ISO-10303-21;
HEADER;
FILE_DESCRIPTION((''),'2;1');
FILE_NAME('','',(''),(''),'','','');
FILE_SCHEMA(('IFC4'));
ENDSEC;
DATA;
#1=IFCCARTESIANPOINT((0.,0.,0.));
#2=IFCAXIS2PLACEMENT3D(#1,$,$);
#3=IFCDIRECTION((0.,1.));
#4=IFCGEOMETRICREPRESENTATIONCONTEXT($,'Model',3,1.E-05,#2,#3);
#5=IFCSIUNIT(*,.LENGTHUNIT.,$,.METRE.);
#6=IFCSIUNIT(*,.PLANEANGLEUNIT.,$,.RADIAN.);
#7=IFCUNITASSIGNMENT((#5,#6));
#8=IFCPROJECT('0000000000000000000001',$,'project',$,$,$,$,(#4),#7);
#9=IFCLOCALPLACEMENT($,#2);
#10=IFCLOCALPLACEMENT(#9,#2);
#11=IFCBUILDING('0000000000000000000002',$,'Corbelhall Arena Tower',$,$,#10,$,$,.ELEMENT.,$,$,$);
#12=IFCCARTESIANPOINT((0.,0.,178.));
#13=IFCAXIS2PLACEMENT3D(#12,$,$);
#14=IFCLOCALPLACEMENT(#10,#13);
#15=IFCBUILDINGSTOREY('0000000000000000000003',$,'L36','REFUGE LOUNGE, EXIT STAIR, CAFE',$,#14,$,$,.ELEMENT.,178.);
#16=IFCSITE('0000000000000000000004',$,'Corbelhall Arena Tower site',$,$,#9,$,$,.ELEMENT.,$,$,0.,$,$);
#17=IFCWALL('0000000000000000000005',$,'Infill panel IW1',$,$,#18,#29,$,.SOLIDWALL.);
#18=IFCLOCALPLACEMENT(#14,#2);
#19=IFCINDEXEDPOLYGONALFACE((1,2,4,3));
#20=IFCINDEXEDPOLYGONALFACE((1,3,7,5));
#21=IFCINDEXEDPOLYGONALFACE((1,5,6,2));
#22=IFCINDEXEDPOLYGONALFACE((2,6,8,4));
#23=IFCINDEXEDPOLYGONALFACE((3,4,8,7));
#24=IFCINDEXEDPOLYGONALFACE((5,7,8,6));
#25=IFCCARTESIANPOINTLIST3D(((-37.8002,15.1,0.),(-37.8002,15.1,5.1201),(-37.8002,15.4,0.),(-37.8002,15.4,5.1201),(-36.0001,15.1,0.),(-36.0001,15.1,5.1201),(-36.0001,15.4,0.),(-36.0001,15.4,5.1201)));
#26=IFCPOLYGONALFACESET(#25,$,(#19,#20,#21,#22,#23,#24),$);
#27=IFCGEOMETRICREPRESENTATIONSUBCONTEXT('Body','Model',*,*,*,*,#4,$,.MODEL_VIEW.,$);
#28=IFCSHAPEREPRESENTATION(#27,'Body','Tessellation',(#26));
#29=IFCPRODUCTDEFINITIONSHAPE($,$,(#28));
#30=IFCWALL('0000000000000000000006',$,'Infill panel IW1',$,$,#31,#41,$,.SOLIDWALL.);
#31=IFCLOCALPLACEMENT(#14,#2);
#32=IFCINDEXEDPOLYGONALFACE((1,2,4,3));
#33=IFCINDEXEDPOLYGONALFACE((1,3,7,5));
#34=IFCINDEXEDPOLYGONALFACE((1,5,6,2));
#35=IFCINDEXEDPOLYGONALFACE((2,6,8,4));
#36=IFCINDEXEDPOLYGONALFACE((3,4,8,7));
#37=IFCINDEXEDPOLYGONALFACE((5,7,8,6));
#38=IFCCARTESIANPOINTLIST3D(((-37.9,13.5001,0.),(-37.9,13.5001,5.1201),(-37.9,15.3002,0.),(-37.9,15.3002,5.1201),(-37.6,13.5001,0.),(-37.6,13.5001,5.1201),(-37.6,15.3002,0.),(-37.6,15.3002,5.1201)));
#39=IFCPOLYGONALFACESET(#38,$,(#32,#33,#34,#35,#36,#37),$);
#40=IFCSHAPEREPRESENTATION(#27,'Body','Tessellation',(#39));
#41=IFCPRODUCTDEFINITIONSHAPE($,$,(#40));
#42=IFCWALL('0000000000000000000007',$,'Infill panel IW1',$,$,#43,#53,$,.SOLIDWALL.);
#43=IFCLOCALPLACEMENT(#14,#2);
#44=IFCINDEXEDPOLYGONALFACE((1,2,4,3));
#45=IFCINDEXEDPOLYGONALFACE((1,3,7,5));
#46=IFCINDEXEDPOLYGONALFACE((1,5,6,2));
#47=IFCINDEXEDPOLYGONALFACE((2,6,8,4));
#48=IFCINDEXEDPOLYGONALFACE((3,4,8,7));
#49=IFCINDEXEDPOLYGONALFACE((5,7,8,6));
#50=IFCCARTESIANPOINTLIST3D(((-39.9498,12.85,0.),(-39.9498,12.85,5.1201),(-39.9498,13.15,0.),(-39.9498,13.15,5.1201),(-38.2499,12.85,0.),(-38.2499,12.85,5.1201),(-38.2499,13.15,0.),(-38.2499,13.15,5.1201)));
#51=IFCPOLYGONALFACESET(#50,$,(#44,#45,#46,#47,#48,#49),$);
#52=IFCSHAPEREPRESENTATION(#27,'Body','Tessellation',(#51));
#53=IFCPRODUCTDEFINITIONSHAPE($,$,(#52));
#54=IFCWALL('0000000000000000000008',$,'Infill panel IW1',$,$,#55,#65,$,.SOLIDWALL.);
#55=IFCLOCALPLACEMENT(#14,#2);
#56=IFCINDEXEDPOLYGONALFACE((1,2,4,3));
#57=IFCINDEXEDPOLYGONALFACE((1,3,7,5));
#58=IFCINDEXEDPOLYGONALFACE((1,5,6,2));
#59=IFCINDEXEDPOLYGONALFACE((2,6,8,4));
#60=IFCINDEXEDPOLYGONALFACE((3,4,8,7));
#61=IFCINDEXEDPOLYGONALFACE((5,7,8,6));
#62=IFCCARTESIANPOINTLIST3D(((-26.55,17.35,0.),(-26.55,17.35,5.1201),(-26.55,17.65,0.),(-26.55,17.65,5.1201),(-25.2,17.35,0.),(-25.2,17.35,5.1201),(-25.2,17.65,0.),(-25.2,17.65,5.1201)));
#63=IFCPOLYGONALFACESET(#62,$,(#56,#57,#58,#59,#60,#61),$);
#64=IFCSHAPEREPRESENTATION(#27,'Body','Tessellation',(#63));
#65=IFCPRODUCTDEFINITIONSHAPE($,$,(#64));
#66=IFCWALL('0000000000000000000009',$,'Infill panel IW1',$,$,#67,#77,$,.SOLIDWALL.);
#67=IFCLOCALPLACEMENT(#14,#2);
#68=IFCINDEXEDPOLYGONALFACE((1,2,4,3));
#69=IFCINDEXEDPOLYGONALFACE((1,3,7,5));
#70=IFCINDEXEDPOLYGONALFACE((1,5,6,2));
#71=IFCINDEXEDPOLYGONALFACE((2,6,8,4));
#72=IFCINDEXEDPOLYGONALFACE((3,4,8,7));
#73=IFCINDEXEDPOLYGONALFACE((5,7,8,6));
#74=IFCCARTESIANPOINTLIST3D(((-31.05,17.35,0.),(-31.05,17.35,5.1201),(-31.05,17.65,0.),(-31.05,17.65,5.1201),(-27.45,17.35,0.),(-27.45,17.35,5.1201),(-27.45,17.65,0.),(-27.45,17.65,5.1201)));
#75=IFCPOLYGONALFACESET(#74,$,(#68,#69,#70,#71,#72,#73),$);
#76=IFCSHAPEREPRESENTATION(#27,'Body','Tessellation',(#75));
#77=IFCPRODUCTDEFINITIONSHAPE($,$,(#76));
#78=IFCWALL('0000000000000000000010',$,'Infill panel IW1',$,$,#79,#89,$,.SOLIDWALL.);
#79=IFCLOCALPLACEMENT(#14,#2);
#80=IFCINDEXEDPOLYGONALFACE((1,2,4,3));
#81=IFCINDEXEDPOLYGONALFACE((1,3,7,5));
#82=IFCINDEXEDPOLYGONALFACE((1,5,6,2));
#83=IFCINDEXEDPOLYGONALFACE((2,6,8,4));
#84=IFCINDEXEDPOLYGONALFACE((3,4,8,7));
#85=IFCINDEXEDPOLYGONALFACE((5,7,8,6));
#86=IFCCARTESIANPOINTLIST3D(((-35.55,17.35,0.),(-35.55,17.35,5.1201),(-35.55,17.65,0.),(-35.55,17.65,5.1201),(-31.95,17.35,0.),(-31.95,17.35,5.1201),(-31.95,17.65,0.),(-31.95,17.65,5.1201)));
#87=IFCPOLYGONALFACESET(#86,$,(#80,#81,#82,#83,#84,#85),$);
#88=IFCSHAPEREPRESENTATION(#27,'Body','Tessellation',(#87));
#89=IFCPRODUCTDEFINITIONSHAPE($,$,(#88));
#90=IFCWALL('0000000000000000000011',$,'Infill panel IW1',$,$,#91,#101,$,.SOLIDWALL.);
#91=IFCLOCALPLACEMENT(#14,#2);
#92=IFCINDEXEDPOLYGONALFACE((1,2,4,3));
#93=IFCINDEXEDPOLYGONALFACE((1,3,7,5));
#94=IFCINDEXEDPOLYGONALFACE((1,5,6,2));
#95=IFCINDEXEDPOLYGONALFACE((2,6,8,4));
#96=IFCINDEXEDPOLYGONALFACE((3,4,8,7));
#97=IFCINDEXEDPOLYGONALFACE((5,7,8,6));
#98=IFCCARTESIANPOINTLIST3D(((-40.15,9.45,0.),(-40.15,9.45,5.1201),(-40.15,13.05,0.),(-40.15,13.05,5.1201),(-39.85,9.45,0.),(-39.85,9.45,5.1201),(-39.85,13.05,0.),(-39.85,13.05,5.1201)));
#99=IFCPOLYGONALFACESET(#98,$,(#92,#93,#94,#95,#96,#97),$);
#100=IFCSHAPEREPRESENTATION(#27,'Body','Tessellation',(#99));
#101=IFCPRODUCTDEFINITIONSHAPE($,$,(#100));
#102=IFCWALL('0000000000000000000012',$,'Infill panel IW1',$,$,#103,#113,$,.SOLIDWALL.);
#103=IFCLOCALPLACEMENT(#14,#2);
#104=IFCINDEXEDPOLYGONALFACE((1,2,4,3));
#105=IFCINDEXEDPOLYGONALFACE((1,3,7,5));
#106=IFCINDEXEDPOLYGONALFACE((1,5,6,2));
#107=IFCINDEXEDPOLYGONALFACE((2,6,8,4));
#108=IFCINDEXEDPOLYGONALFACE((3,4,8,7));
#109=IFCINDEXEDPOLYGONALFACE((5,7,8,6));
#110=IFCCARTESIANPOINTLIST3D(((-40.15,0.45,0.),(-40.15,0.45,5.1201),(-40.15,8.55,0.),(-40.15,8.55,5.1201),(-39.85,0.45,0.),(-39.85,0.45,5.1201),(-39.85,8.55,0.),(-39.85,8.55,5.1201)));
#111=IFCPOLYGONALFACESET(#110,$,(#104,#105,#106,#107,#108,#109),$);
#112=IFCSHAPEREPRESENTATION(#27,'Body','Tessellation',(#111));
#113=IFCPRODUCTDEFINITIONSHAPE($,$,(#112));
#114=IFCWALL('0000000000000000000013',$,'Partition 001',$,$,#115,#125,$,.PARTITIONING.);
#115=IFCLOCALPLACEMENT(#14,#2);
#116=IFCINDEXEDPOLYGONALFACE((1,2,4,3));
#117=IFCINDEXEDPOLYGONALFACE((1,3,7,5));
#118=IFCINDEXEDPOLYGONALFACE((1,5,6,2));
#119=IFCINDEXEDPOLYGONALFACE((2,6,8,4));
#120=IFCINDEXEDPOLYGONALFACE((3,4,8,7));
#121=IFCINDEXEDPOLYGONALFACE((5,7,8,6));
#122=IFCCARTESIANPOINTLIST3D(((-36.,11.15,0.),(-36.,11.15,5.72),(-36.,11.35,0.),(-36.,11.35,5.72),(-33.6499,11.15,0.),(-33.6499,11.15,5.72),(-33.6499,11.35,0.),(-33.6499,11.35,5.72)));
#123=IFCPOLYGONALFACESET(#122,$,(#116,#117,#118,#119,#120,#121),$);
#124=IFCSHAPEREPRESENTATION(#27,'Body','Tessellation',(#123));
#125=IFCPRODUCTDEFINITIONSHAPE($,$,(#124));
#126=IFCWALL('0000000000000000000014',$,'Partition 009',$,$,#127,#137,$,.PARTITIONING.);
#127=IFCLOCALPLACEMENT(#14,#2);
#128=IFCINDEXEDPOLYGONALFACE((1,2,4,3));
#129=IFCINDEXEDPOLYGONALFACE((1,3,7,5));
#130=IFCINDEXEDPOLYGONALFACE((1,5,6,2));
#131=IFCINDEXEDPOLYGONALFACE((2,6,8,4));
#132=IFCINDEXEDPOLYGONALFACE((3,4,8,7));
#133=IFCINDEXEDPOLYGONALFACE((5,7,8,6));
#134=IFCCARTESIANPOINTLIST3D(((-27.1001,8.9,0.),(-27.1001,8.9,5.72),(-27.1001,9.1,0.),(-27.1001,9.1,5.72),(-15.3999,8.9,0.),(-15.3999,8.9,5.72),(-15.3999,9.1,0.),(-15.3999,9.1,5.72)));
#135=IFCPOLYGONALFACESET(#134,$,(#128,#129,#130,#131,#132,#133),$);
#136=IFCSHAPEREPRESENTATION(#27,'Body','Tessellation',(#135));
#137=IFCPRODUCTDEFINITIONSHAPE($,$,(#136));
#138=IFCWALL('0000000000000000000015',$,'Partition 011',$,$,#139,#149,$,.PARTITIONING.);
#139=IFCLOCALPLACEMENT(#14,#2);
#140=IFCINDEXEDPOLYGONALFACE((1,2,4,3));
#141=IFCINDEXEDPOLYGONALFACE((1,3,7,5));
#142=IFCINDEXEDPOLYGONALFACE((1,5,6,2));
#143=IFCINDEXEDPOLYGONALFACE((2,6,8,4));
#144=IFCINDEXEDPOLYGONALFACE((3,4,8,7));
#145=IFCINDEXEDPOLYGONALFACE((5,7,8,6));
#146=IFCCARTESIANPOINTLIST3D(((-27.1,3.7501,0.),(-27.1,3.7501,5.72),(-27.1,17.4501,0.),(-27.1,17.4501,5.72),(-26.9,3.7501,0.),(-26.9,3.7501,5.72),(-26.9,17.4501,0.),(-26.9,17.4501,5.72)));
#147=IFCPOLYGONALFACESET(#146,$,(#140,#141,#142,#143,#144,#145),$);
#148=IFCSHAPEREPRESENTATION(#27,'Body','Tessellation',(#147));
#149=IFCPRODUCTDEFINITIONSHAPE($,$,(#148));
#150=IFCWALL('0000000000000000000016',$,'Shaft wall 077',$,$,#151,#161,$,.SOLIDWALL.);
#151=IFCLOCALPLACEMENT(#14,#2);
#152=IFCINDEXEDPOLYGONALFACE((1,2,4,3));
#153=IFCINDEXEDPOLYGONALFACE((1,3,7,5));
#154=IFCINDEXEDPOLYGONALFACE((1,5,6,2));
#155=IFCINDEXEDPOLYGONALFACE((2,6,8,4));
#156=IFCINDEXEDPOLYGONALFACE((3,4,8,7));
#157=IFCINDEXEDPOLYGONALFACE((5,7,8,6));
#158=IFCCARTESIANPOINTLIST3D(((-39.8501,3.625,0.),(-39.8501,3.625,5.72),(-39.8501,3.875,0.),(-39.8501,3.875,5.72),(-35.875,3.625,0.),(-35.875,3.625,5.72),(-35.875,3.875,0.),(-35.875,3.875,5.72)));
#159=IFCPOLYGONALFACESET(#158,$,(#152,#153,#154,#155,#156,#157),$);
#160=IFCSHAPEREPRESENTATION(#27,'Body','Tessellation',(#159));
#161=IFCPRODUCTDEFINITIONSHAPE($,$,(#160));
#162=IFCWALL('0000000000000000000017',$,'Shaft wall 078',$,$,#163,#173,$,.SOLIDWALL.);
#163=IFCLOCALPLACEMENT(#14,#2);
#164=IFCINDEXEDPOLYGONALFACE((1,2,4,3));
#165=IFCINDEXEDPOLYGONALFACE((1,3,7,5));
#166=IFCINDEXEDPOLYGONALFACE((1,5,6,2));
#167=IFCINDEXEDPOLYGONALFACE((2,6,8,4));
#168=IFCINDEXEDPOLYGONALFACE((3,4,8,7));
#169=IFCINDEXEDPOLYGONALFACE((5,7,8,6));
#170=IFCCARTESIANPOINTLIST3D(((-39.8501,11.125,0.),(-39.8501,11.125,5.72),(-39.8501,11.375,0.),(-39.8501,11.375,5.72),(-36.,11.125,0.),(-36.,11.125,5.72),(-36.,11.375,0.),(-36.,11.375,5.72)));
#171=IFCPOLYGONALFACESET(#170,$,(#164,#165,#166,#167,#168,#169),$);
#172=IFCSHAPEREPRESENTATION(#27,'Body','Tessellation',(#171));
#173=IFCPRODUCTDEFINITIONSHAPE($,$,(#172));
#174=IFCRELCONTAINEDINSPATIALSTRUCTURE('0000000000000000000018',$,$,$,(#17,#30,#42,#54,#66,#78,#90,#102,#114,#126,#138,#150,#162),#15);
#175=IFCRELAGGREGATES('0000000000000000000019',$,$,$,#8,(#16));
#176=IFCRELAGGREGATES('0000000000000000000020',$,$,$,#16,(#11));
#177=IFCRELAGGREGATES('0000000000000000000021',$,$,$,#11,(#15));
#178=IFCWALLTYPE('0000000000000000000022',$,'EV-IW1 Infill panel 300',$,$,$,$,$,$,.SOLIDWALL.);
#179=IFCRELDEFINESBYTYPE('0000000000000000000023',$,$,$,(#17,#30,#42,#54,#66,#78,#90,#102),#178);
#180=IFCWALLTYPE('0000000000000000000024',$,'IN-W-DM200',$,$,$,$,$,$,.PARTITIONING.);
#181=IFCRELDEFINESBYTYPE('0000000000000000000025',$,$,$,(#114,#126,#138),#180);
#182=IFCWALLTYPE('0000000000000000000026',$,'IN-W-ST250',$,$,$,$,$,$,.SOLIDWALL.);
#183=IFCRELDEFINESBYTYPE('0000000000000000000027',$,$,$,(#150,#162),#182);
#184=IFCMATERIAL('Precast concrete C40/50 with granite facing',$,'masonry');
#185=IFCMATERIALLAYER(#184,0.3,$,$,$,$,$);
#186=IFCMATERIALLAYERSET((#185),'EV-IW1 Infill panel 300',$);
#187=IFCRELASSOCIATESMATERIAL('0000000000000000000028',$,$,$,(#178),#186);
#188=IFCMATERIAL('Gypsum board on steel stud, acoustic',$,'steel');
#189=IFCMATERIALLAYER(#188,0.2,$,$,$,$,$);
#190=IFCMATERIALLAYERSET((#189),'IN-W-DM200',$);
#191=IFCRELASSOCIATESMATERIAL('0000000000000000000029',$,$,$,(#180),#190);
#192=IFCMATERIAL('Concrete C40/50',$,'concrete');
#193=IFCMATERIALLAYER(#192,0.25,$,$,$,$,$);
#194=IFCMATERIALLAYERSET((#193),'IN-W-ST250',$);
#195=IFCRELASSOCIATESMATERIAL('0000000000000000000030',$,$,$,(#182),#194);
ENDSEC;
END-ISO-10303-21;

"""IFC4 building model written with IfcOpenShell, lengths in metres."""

from ifc_helpers import new_model, si_unit, direction, frame, frame_2d, origin, place, context, subcontext, project, spatial, rectangle, extrude, material, layer, layer_set, type_object, element, save


model = new_model("IFC4")

# Units and contexts
model_context = context("Model", 3, precision=1e-05, world=origin(), true_north=direction((0.0, 1.0)))
body_context = subcontext(model_context, "Body", "Model", "MODEL_VIEW")
ifc_project = project(units=[si_unit("LENGTHUNIT", "METRE"), si_unit("PLANEANGLEUNIT", "RADIAN")], contexts=[model_context])

# Site, building, storey
site_placement = place(None, origin())
site = spatial("IfcSite", under=ifc_project, at=site_placement, Name="Corbelhall Arena Tower site", CompositionType="ELEMENT", RefElevation=0.0)
building_placement = place(site_placement, origin())
building = spatial("IfcBuilding", under=site, at=building_placement, Name="Corbelhall Arena Tower", CompositionType="ELEMENT")
storey_placement = place(building_placement, frame((0.0, 0.0, 178.0)))
storey = spatial("IfcBuildingStorey", under=building, at=storey_placement, Name="L36", Description="REFUGE LOUNGE, EXIT STAIR, CAFE", CompositionType="ELEMENT", Elevation=178.0)

# Walls
ifc_material_1 = material(Name="Precast concrete C40/50 with granite facing", Category="masonry")
ifc_layer_1 = layer(ifc_material_1, 0.3)
ifc_layer_set_1 = layer_set([ifc_layer_1], Name="EV-IW1 Infill panel 300")
wall_type_1 = type_object("IfcWallType", Name="EV-IW1 Infill panel 300", PredefinedType="SOLIDWALL", material=ifc_layer_set_1)
for number, where, z_axis, x_axis, name in (
    (1, (-37.8, 15.25, 0.0), (0.0, 0.0, 1.0), (1.0, 0.0, 0.0), "Infill panel IW1"),
    (2, (-37.75, 15.3, 0.0), (0.0, 0.0, 1.0), (0.0, -1.0, 0.0), "Infill panel IW1"),
):
    element("IfcWall", number, at=place(storey_placement, frame(where, z_axis=z_axis, x_axis=x_axis)), inside=storey, type_object=wall_type_1, Name=name, PredefinedType="SOLIDWALL", context=body_context, shape_type="SweptSolid", body=[
        extrude(rectangle(XDim=1.8, YDim=0.3, at=frame_2d((0.8999, 0.0))), origin(), (0.0, 0.0, 1.0), 5.1201),
    ])
wall_1_placement = place(storey_placement, frame((-39.95, 13.0, 0.0), z_axis=(0.0, 0.0, 1.0), x_axis=(1.0, 0.0, 0.0)))
element("IfcWall", 3, at=wall_1_placement, inside=storey, type_object=wall_type_1, Name="Infill panel IW1", PredefinedType="SOLIDWALL", context=body_context, shape_type="SweptSolid", body=[
    extrude(rectangle(XDim=1.7, YDim=0.3, at=frame_2d((0.8501, 0.0))), origin(), (0.0, 0.0, 1.0), 5.1201),
])
wall_2_placement = place(storey_placement, frame((-25.2, 17.5, 0.0), z_axis=(0.0, 0.0, 1.0), x_axis=(-1.0, 0.0, 0.0)))
element("IfcWall", 4, at=wall_2_placement, inside=storey, type_object=wall_type_1, Name="Infill panel IW1", PredefinedType="SOLIDWALL", context=body_context, shape_type="SweptSolid", body=[
    extrude(rectangle(XDim=1.3501, YDim=0.3, at=frame_2d((0.675, 0.0))), origin(), (0.0, 0.0, 1.0), 5.1201),
])
for number, where, z_axis, x_axis, name in (
    (5, (-27.45, 17.5, 0.0), (0.0, 0.0, 1.0), (-1.0, 0.0, 0.0), "Infill panel IW1"),
    (6, (-31.95, 17.5, 0.0), (0.0, 0.0, 1.0), (-1.0, 0.0, 0.0), "Infill panel IW1"),
    (7, (-40.0, 13.05, 0.0), (0.0, 0.0, 1.0), (0.0, -1.0, 0.0), "Infill panel IW1"),
):
    element("IfcWall", number, at=place(storey_placement, frame(where, z_axis=z_axis, x_axis=x_axis)), inside=storey, type_object=wall_type_1, Name=name, PredefinedType="SOLIDWALL", context=body_context, shape_type="SweptSolid", body=[
        extrude(rectangle(XDim=3.6001, YDim=0.3, at=frame_2d((1.8, 0.0))), origin(), (0.0, 0.0, 1.0), 5.1201),
    ])
wall_3_placement = place(storey_placement, frame((-40.0, 8.55, 0.0), z_axis=(0.0, 0.0, 1.0), x_axis=(0.0, -1.0, 0.0)))
element("IfcWall", 8, at=wall_3_placement, inside=storey, type_object=wall_type_1, Name="Infill panel IW1", PredefinedType="SOLIDWALL", context=body_context, shape_type="SweptSolid", body=[
    extrude(rectangle(XDim=8.1001, YDim=0.3, at=frame_2d((4.05, 0.0))), origin(), (0.0, 0.0, 1.0), 5.1201),
])
ifc_material_2 = material(Name="Gypsum board on steel stud, acoustic", Category="steel")
ifc_layer_2 = layer(ifc_material_2, 0.2)
ifc_layer_set_2 = layer_set([ifc_layer_2], Name="IN-W-DM200")
wall_type_2 = type_object("IfcWallType", Name="IN-W-DM200", PredefinedType="PARTITIONING", material=ifc_layer_set_2)
wall_4_placement = place(storey_placement, frame((-36.0, 11.25, 0.0), z_axis=(0.0, 0.0, 1.0), x_axis=(1.0, 0.0, 0.0)))
element("IfcWall", 9, at=wall_4_placement, inside=storey, type_object=wall_type_2, Name="Partition 001", PredefinedType="PARTITIONING", context=body_context, shape_type="SweptSolid", body=[
    extrude(rectangle(XDim=2.3501, YDim=0.2, at=frame_2d((1.175, 0.0))), origin(), (0.0, 0.0, 1.0), 5.72),
])

# Walls
wall_5_placement = place(storey_placement, frame((-27.1001, 9.0, 0.0), z_axis=(0.0, 0.0, 1.0), x_axis=(1.0, 0.0, 0.0)))
element("IfcWall", 10, at=wall_5_placement, inside=storey, type_object=wall_type_2, Name="Partition 009", PredefinedType="PARTITIONING", context=body_context, shape_type="SweptSolid", body=[
    extrude(rectangle(XDim=11.7002, YDim=0.2, at=frame_2d((5.8501, 0.0))), origin(), (0.0, 0.0, 1.0), 5.72),
])
wall_6_placement = place(storey_placement, frame((-27.0, 3.75, 0.0), z_axis=(0.0, 0.0, 1.0), x_axis=(0.0, 1.0, 0.0)))
element("IfcWall", 11, at=wall_6_placement, inside=storey, type_object=wall_type_2, Name="Partition 011", PredefinedType="PARTITIONING", context=body_context, shape_type="SweptSolid", body=[
    extrude(rectangle(XDim=13.7, YDim=0.2, at=frame_2d((6.8501, 0.0))), origin(), (0.0, 0.0, 1.0), 5.72),
])
ifc_material_3 = material(Name="Concrete C40/50", Category="concrete")
ifc_layer_3 = layer(ifc_material_3, 0.25)
ifc_layer_set_3 = layer_set([ifc_layer_3], Name="IN-W-ST250")
wall_type_3 = type_object("IfcWallType", Name="IN-W-ST250", PredefinedType="SOLIDWALL", material=ifc_layer_set_3)
wall_7_placement = place(storey_placement, frame((-39.8501, 3.75, 0.0), z_axis=(0.0, 0.0, 1.0), x_axis=(1.0, 0.0, 0.0)))
element("IfcWall", 12, at=wall_7_placement, inside=storey, type_object=wall_type_3, Name="Shaft wall 077", PredefinedType="SOLIDWALL", context=body_context, shape_type="SweptSolid", body=[
    extrude(rectangle(XDim=3.9751, YDim=0.25, at=frame_2d((1.9875, 0.0))), origin(), (0.0, 0.0, 1.0), 5.72),
])
wall_8_placement = place(storey_placement, frame((-39.8501, 11.25, 0.0), z_axis=(0.0, 0.0, 1.0), x_axis=(1.0, 0.0, 0.0)))
element("IfcWall", 13, at=wall_8_placement, inside=storey, type_object=wall_type_3, Name="Shaft wall 078", PredefinedType="SOLIDWALL", context=body_context, shape_type="SweptSolid", body=[
    extrude(rectangle(XDim=3.8501, YDim=0.25, at=frame_2d((1.925, 0.0))), origin(), (0.0, 0.0, 1.0), 5.72),
])

save(model, "model.ifc")
